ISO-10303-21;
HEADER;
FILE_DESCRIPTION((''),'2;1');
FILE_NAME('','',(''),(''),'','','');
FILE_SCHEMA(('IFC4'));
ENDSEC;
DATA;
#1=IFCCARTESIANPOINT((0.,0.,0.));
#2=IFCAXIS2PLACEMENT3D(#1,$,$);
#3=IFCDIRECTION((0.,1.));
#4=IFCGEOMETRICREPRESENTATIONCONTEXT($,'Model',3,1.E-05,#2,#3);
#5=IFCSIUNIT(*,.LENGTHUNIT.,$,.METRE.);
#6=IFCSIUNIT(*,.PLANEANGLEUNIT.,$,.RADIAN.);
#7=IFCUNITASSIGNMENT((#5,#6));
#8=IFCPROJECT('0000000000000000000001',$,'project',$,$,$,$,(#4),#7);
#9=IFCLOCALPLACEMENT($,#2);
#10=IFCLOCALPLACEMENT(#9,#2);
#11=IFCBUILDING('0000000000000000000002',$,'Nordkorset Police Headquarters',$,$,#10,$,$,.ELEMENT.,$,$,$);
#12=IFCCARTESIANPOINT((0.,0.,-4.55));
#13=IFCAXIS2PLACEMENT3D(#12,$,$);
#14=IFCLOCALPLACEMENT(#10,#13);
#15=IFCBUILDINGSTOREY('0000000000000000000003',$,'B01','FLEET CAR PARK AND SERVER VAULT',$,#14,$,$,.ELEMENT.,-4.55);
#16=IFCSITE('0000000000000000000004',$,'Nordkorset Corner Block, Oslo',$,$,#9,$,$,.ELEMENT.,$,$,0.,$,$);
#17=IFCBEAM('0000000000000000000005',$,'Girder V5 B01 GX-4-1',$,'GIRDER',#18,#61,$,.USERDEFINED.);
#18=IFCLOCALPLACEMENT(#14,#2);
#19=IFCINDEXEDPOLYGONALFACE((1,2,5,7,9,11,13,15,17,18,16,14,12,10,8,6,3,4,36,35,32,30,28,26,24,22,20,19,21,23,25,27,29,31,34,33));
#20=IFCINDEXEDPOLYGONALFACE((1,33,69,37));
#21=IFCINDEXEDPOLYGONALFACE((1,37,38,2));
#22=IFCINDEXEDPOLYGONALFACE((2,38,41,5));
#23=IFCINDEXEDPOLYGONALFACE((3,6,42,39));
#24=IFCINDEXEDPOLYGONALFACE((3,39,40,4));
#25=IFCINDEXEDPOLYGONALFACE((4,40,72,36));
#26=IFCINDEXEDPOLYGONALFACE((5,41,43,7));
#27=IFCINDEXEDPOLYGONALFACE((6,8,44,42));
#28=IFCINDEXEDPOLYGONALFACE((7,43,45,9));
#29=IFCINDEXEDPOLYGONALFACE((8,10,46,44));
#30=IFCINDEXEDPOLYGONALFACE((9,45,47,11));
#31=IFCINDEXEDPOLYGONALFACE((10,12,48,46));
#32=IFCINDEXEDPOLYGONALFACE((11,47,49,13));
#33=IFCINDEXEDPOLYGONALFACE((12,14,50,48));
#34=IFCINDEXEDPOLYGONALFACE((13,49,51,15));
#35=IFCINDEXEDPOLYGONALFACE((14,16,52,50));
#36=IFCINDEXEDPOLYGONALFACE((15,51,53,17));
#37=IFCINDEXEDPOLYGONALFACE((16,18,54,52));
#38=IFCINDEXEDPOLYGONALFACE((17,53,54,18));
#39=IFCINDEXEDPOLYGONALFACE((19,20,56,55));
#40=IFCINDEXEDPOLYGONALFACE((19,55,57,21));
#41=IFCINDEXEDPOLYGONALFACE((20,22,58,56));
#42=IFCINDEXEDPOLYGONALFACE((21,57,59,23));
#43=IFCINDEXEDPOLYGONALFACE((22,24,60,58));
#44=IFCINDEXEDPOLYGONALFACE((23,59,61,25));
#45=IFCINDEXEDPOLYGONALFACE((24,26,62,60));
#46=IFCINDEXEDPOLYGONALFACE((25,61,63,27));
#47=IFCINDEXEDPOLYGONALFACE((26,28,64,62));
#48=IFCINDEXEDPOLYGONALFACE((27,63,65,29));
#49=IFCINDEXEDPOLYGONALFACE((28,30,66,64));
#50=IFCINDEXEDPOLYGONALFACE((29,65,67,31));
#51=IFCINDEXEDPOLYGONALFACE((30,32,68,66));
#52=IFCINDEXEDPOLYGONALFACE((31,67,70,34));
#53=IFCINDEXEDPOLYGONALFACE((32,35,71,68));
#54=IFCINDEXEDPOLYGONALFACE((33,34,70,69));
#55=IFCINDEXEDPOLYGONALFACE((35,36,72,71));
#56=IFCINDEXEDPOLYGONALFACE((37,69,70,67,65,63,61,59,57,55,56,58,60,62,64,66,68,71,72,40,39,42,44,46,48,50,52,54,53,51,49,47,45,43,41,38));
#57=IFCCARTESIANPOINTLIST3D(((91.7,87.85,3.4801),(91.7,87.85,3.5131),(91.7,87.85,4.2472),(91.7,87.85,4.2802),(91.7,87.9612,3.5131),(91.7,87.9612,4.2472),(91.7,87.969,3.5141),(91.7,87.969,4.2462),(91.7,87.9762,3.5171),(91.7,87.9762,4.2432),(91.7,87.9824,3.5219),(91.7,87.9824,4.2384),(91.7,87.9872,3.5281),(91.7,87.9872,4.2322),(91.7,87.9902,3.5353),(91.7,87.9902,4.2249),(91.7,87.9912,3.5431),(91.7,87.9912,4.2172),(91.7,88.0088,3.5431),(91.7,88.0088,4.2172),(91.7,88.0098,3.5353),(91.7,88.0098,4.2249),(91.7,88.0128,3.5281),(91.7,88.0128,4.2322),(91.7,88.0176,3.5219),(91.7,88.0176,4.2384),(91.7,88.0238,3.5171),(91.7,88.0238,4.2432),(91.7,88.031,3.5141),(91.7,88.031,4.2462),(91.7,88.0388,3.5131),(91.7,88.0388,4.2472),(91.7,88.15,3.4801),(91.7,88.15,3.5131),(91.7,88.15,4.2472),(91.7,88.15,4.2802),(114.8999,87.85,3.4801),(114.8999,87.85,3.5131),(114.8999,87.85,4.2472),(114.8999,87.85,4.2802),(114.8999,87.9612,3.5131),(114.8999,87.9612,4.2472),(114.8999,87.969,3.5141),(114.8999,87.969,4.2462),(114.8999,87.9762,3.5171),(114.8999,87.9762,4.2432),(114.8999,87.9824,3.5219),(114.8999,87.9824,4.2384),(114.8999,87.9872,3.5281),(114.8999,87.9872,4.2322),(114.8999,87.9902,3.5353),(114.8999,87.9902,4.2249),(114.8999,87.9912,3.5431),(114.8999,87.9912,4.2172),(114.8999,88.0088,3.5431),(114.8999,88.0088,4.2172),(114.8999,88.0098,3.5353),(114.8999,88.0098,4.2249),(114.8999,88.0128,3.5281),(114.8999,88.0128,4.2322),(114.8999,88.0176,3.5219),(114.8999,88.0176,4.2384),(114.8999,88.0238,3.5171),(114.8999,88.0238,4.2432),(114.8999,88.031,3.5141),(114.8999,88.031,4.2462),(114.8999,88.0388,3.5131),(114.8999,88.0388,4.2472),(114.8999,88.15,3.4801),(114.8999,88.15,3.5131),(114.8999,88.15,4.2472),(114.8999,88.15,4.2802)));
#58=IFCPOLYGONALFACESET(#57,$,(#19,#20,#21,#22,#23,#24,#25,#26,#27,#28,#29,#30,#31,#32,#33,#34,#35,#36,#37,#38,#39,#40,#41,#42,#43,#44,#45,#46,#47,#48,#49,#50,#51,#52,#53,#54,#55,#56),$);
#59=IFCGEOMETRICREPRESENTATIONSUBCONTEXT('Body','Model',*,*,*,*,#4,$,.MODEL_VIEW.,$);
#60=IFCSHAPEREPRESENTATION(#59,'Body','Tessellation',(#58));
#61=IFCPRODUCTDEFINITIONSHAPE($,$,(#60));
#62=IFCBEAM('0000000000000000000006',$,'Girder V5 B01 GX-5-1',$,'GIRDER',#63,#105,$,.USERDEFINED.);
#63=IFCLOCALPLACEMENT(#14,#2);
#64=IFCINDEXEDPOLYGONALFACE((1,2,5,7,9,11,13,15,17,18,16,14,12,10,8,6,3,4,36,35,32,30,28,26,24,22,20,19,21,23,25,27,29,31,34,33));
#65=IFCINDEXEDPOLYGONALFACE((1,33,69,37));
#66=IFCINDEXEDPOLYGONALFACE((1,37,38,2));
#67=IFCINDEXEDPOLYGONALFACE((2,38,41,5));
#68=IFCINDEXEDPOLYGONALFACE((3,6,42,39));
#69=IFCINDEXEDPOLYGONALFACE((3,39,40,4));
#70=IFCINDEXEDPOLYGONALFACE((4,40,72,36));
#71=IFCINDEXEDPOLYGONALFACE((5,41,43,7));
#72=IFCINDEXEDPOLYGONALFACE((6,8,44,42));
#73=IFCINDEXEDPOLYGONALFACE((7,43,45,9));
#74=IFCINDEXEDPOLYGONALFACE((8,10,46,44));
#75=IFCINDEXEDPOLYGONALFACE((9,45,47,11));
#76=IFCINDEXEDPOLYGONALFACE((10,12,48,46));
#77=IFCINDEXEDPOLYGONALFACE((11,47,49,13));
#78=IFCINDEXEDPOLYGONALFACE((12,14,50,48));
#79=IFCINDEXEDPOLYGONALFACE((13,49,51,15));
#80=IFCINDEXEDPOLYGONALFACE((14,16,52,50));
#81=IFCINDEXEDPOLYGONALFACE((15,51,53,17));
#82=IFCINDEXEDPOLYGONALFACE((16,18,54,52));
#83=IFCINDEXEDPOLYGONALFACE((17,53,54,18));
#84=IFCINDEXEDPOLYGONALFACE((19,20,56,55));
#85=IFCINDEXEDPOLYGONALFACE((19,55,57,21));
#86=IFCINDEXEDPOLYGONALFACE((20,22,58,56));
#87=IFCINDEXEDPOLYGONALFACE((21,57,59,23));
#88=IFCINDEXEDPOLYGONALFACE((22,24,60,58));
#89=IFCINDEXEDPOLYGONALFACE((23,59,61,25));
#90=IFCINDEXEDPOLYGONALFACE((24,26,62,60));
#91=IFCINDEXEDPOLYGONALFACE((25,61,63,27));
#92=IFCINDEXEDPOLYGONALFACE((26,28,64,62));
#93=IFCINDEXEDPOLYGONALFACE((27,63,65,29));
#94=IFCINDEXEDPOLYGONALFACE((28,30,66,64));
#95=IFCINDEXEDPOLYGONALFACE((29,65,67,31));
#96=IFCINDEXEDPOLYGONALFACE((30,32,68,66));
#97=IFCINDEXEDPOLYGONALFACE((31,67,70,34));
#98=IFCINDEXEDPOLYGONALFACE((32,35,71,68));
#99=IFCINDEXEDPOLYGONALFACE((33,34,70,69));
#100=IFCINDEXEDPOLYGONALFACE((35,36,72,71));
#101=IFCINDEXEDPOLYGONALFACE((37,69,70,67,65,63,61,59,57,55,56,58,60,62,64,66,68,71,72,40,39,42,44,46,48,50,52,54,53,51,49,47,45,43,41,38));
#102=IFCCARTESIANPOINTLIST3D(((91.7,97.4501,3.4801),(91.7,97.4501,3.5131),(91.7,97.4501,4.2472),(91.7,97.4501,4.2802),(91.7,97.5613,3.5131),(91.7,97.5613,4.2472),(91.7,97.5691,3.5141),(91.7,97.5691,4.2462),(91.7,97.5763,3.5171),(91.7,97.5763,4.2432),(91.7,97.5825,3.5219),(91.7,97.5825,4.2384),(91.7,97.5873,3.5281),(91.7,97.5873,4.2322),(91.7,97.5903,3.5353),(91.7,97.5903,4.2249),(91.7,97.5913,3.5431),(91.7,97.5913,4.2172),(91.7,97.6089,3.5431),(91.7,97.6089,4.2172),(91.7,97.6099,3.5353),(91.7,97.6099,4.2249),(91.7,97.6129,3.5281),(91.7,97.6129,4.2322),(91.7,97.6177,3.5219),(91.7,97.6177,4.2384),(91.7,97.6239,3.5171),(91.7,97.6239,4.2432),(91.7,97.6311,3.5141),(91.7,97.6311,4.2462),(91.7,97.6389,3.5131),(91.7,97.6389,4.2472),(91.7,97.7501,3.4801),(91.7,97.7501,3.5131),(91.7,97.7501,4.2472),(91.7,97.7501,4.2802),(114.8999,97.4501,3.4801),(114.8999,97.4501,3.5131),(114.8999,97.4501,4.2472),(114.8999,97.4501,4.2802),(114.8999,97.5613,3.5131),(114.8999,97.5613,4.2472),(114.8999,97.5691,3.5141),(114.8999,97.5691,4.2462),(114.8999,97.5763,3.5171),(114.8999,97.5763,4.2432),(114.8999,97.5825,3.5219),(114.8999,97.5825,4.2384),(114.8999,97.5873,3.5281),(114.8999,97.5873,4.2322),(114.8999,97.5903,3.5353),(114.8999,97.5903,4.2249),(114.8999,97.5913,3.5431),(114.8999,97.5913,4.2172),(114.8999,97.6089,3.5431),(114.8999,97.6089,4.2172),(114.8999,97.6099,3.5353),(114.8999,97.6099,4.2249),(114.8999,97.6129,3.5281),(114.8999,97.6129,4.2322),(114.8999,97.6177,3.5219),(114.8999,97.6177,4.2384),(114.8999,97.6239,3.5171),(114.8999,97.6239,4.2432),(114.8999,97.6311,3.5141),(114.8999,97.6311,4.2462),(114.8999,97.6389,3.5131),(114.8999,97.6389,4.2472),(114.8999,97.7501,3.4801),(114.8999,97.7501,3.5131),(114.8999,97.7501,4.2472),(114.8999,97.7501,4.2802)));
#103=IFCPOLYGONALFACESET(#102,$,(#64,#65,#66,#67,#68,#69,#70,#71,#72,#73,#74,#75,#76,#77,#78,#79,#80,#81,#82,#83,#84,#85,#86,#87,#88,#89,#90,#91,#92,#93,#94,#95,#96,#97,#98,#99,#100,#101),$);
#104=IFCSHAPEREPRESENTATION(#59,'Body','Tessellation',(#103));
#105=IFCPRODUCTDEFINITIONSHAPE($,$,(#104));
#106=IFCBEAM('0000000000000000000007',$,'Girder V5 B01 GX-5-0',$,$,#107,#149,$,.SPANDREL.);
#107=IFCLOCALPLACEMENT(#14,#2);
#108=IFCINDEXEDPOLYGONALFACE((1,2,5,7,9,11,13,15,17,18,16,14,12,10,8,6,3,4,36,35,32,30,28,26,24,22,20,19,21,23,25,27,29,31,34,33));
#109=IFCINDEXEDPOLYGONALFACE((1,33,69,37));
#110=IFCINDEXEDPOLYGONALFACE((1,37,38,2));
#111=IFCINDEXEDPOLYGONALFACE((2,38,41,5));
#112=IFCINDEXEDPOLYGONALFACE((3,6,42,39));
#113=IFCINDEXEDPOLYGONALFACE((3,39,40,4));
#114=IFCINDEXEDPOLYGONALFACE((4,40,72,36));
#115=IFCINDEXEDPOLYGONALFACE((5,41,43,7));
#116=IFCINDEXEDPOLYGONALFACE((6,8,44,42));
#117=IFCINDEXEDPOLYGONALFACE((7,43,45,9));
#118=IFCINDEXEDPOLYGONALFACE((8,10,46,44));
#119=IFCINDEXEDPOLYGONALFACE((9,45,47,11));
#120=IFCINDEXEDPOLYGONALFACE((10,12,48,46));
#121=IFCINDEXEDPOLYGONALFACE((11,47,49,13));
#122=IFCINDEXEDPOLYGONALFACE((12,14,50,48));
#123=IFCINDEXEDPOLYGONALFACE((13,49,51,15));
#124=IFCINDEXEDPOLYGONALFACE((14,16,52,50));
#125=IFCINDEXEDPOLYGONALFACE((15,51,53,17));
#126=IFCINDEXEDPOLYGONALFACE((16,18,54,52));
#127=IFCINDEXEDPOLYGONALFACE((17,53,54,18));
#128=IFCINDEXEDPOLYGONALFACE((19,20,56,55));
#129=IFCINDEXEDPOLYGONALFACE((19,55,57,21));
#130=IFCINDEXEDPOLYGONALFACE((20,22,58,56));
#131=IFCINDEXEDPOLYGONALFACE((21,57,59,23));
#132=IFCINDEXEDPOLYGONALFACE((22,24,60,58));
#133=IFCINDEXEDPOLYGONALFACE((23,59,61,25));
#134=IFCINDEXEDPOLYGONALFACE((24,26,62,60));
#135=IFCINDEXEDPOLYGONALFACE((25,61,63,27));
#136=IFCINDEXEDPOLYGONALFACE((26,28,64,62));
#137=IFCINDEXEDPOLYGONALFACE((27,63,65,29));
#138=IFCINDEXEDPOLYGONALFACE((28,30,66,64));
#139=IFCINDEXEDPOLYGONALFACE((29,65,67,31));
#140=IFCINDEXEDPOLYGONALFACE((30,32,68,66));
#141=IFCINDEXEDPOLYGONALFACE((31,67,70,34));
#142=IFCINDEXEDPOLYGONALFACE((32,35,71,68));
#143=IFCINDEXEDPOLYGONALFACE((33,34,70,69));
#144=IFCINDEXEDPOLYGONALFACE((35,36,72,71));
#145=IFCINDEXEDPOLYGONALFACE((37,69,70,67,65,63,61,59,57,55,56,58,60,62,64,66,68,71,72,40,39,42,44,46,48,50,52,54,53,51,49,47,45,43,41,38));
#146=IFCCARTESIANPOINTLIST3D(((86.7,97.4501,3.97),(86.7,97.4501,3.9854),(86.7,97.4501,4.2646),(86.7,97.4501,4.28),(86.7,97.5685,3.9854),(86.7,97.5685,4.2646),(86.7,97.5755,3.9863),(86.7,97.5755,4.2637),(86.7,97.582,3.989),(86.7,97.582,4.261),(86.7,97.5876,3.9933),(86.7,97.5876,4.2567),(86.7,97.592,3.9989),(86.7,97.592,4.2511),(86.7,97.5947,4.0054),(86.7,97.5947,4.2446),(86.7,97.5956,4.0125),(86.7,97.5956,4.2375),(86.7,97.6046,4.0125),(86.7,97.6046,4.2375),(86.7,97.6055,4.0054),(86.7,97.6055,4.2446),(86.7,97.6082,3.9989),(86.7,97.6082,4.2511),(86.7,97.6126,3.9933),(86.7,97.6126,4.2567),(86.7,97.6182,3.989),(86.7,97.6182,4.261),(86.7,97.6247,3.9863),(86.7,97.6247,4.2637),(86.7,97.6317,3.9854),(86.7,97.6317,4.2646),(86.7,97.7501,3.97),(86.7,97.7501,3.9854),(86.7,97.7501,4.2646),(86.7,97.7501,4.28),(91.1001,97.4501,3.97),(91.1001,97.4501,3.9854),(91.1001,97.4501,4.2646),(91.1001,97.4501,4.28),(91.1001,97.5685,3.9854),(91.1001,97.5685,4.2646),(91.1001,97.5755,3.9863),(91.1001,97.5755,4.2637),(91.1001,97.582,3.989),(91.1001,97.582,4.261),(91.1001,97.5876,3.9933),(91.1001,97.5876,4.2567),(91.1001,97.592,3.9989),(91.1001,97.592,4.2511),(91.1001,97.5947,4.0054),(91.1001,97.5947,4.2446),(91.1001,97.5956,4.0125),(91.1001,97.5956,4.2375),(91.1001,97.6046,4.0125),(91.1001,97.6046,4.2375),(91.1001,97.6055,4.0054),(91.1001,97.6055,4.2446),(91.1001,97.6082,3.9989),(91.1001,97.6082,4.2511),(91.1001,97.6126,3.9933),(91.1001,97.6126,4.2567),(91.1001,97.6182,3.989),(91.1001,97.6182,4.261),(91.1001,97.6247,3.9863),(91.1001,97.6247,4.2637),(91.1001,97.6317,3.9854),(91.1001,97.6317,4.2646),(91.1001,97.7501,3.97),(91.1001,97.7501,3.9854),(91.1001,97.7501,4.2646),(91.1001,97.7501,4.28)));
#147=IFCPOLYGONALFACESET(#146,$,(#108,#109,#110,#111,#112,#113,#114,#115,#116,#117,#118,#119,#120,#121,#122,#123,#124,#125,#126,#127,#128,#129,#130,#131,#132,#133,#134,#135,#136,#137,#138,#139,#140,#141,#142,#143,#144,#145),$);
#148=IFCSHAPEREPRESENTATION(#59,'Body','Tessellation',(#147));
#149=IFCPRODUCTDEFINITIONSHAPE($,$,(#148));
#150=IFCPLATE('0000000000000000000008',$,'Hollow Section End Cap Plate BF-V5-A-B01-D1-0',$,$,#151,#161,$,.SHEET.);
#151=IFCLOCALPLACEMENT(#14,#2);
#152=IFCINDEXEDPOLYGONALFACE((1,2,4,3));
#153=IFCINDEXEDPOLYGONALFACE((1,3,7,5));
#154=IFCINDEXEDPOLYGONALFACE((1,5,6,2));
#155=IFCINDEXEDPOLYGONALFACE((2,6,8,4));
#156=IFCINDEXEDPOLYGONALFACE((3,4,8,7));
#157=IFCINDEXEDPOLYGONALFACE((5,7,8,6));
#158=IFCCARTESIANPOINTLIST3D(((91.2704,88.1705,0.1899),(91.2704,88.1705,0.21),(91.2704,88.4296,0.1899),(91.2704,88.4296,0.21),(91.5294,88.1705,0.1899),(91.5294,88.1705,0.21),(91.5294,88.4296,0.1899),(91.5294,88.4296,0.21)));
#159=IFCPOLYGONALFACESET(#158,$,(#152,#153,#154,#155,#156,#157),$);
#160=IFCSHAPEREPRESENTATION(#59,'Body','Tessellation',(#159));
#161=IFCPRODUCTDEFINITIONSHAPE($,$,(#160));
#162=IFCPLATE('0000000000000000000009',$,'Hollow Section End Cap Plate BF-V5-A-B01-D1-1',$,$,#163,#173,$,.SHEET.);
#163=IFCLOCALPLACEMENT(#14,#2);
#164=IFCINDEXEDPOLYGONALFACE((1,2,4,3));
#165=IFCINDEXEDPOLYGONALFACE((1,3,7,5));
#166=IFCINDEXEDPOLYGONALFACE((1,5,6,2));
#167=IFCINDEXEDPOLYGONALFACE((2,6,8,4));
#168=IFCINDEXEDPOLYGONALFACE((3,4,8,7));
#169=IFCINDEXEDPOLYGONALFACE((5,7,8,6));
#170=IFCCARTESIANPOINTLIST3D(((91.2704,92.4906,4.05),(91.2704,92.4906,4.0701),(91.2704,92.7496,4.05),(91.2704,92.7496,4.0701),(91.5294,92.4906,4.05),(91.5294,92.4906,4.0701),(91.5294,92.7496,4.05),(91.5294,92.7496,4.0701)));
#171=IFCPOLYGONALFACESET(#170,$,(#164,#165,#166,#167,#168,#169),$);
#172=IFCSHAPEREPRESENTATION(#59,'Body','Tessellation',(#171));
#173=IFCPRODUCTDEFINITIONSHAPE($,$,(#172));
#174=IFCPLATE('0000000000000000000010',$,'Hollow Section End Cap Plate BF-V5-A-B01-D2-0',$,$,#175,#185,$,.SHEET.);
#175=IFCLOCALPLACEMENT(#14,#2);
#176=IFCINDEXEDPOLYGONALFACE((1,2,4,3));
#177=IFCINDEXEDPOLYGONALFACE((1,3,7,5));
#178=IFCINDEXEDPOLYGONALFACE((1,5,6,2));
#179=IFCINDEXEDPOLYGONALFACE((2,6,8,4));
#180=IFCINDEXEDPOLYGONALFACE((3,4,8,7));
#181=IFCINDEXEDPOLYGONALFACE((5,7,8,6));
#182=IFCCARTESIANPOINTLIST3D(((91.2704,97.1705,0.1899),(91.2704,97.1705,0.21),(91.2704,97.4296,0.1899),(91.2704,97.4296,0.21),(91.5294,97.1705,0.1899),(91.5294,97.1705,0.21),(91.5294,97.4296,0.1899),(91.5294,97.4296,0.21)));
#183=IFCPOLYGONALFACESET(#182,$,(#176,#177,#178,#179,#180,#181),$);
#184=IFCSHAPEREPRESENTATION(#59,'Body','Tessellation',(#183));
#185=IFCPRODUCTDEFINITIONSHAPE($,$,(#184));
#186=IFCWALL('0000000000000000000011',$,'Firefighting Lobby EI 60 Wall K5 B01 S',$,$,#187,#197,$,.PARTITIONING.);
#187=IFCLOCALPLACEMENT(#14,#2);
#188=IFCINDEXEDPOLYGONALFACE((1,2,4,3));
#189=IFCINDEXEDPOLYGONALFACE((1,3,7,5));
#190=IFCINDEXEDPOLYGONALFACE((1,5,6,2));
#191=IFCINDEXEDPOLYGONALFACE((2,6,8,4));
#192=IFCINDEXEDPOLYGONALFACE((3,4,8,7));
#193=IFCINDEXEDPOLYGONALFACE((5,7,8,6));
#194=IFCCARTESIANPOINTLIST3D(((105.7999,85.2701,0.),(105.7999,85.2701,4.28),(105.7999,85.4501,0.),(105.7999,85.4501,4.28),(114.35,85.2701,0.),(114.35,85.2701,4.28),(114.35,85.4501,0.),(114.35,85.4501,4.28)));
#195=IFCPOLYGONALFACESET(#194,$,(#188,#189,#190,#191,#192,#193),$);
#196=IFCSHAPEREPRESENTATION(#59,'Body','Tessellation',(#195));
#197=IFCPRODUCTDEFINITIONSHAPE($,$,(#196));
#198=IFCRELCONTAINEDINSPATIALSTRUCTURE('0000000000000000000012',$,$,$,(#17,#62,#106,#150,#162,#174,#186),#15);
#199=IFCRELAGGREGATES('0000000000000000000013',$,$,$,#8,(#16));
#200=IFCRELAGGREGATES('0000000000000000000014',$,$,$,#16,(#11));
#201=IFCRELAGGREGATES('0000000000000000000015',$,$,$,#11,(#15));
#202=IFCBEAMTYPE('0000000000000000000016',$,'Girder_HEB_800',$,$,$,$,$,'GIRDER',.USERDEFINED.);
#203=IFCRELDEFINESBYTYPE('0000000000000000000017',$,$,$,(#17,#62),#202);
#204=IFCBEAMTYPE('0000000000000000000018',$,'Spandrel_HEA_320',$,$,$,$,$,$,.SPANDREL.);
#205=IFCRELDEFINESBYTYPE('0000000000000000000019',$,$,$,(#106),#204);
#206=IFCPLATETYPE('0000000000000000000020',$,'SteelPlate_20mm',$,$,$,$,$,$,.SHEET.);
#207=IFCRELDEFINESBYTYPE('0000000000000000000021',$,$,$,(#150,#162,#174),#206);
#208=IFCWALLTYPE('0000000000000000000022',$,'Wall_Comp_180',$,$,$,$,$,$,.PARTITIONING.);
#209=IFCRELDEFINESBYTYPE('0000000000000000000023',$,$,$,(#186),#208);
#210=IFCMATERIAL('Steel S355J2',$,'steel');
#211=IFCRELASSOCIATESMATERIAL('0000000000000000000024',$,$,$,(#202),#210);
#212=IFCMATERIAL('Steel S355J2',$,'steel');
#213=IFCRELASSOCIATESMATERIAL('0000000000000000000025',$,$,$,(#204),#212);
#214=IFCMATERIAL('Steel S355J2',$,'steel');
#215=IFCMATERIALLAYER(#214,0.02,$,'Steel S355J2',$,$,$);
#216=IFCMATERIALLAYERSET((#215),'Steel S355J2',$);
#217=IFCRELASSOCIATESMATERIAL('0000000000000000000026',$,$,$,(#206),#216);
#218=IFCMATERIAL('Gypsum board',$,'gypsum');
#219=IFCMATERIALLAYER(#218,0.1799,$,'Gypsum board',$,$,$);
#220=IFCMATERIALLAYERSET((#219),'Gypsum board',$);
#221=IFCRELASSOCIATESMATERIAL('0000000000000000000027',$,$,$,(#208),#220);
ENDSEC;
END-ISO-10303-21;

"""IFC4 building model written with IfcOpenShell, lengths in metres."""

from ifc_helpers import new_model, si_unit, direction, frame, frame_2d, origin, origin_2d, place, context, subcontext, project, spatial, rectangle, i_section, extrude, material, layer, layer_set, material_profile, profile_set, type_object, element, save


model = new_model("IFC4")

# Units and contexts
model_context = context("Model", 3, precision=1e-05, world=origin(), true_north=direction((0.0, 1.0)))
body_context = subcontext(model_context, "Body", "Model", "MODEL_VIEW")
ifc_project = project(units=[si_unit("LENGTHUNIT", "METRE"), si_unit("PLANEANGLEUNIT", "RADIAN")], contexts=[model_context])

# Site, building, storey
site_placement = place(None, origin())
site = spatial("IfcSite", under=ifc_project, at=site_placement, Name="Nordkorset Corner Block, Oslo", CompositionType="ELEMENT", RefElevation=0.0)
building_placement = place(site_placement, origin())
building = spatial("IfcBuilding", under=site, at=building_placement, Name="Nordkorset Police Headquarters", CompositionType="ELEMENT")
storey_placement = place(building_placement, frame((0.0, 0.0, -4.55)))
storey = spatial("IfcBuildingStorey", under=building, at=storey_placement, Name="B01", Description="FLEET CAR PARK AND SERVER VAULT", CompositionType="ELEMENT", Elevation=-4.55)

# Beams
ifc_material_1 = material(Name="Steel S355J2", Category="steel")
ifc_material_profile_1 = material_profile(ifc_material_1, i_section(OverallWidth=0.3, OverallDepth=0.8, WebThickness=0.0176, FlangeThickness=0.033, FilletRadius=0.03, at=origin_2d()), Name="HEB 800")
ifc_profile_set_1 = profile_set([ifc_material_profile_1], Name="Steel S355J2")
beam_type_1 = type_object("IfcBeamType", Name="Girder_HEB_800", ElementType="GIRDER", PredefinedType="USERDEFINED", material=ifc_profile_set_1)
for number, where, z_axis, x_axis, name in (
    (1, (91.7, 88.0, 3.8801), (1.0, 0.0, 0.0), (0.0, 1.0, 0.0), "Girder V5 B01 GX-4-1"),
    (2, (91.7, 97.6001, 3.8801), (1.0, 0.0, 0.0), (0.0, 1.0, 0.0), "Girder V5 B01 GX-5-1"),
):
    element("IfcBeam", number, at=place(storey_placement, frame(where, z_axis=z_axis, x_axis=x_axis)), inside=storey, type_object=beam_type_1, Name=name, ObjectType="GIRDER", PredefinedType="USERDEFINED", context=body_context, shape_type="SweptSolid", body=[
        extrude(i_section(OverallWidth=0.3, OverallDepth=0.8, WebThickness=0.0176, FlangeThickness=0.033, FilletRadius=0.03, at=origin_2d()), origin(), (0.0, 0.0, 1.0), 23.2),
    ])
ifc_material_2 = material(Name="Steel S355J2", Category="steel")
ifc_material_profile_2 = material_profile(ifc_material_2, i_section(OverallWidth=0.3, OverallDepth=0.3101, WebThickness=0.009, FlangeThickness=0.0154, FilletRadius=0.0271, at=origin_2d()), Name="HEA 320")
ifc_profile_set_2 = profile_set([ifc_material_profile_2], Name="Steel S355J2")
beam_type_2 = type_object("IfcBeamType", Name="Spandrel_HEA_320", PredefinedType="SPANDREL", material=ifc_profile_set_2)
beam_1_placement = place(storey_placement, frame((86.7, 97.6001, 4.125), z_axis=(1.0, 0.0, 0.0), x_axis=(0.0, 1.0, 0.0)))
element("IfcBeam", 3, at=beam_1_placement, inside=storey, type_object=beam_type_2, Name="Girder V5 B01 GX-5-0", PredefinedType="SPANDREL", context=body_context, shape_type="SweptSolid", body=[
    extrude(i_section(OverallWidth=0.3, OverallDepth=0.3101, WebThickness=0.009, FlangeThickness=0.0154, FilletRadius=0.0271, at=origin_2d()), origin(), (0.0, 0.0, 1.0), 4.4001),
])

# Plates
ifc_material_3 = material(Name="Steel S355J2", Category="steel")
ifc_layer_1 = layer(ifc_material_3, 0.02, Name="Steel S355J2")
ifc_layer_set_1 = layer_set([ifc_layer_1], Name="Steel S355J2")
plate_type = type_object("IfcPlateType", Name="SteelPlate_20mm", PredefinedType="SHEET", material=ifc_layer_set_1)
for number, where, z_axis, x_axis, name in (
    (4, (91.3999, 88.3, 0.1899), (0.0, 0.0, 1.0), (1.0, 0.0, 0.0), "Hollow Section End Cap Plate BF-V5-A-B01-D1-0"),
    (5, (91.3999, 92.6201, 4.05), (0.0, 0.0, 1.0), (1.0, 0.0, 0.0), "Hollow Section End Cap Plate BF-V5-A-B01-D1-1"),
    (6, (91.3999, 97.3, 0.1899), (0.0, 0.0, 1.0), (1.0, 0.0, 0.0), "Hollow Section End Cap Plate BF-V5-A-B01-D2-0"),
):
    element("IfcPlate", number, at=place(storey_placement, frame(where, z_axis=z_axis, x_axis=x_axis)), inside=storey, type_object=plate_type, Name=name, PredefinedType="SHEET", context=body_context, shape_type="SweptSolid", body=[
        extrude(rectangle(XDim=0.259, YDim=0.259, at=origin_2d()), origin(), (0.0, 0.0, 1.0), 0.02),
    ])

# Wall
ifc_material_4 = material(Name="Gypsum board", Category="gypsum")
ifc_layer_2 = layer(ifc_material_4, 0.1799, Name="Gypsum board")
ifc_layer_set_2 = layer_set([ifc_layer_2], Name="Gypsum board")
wall_type_1 = type_object("IfcWallType", Name="Wall_Comp_180", PredefinedType="PARTITIONING", material=ifc_layer_set_2)
wall_1_placement = place(storey_placement, frame((105.8, 85.3601, 0.0), z_axis=(0.0, 0.0, 1.0), x_axis=(1.0, 0.0, 0.0)))
element("IfcWall", 7, at=wall_1_placement, inside=storey, type_object=wall_type_1, Name="Firefighting Lobby EI 60 Wall K5 B01 S", PredefinedType="PARTITIONING", context=body_context, shape_type="SweptSolid", body=[
    extrude(rectangle(XDim=8.55, YDim=0.1799, at=frame_2d((4.2749, 0.0))), origin(), (0.0, 0.0, 1.0), 4.28),
])

save(model, "model.ifc")
